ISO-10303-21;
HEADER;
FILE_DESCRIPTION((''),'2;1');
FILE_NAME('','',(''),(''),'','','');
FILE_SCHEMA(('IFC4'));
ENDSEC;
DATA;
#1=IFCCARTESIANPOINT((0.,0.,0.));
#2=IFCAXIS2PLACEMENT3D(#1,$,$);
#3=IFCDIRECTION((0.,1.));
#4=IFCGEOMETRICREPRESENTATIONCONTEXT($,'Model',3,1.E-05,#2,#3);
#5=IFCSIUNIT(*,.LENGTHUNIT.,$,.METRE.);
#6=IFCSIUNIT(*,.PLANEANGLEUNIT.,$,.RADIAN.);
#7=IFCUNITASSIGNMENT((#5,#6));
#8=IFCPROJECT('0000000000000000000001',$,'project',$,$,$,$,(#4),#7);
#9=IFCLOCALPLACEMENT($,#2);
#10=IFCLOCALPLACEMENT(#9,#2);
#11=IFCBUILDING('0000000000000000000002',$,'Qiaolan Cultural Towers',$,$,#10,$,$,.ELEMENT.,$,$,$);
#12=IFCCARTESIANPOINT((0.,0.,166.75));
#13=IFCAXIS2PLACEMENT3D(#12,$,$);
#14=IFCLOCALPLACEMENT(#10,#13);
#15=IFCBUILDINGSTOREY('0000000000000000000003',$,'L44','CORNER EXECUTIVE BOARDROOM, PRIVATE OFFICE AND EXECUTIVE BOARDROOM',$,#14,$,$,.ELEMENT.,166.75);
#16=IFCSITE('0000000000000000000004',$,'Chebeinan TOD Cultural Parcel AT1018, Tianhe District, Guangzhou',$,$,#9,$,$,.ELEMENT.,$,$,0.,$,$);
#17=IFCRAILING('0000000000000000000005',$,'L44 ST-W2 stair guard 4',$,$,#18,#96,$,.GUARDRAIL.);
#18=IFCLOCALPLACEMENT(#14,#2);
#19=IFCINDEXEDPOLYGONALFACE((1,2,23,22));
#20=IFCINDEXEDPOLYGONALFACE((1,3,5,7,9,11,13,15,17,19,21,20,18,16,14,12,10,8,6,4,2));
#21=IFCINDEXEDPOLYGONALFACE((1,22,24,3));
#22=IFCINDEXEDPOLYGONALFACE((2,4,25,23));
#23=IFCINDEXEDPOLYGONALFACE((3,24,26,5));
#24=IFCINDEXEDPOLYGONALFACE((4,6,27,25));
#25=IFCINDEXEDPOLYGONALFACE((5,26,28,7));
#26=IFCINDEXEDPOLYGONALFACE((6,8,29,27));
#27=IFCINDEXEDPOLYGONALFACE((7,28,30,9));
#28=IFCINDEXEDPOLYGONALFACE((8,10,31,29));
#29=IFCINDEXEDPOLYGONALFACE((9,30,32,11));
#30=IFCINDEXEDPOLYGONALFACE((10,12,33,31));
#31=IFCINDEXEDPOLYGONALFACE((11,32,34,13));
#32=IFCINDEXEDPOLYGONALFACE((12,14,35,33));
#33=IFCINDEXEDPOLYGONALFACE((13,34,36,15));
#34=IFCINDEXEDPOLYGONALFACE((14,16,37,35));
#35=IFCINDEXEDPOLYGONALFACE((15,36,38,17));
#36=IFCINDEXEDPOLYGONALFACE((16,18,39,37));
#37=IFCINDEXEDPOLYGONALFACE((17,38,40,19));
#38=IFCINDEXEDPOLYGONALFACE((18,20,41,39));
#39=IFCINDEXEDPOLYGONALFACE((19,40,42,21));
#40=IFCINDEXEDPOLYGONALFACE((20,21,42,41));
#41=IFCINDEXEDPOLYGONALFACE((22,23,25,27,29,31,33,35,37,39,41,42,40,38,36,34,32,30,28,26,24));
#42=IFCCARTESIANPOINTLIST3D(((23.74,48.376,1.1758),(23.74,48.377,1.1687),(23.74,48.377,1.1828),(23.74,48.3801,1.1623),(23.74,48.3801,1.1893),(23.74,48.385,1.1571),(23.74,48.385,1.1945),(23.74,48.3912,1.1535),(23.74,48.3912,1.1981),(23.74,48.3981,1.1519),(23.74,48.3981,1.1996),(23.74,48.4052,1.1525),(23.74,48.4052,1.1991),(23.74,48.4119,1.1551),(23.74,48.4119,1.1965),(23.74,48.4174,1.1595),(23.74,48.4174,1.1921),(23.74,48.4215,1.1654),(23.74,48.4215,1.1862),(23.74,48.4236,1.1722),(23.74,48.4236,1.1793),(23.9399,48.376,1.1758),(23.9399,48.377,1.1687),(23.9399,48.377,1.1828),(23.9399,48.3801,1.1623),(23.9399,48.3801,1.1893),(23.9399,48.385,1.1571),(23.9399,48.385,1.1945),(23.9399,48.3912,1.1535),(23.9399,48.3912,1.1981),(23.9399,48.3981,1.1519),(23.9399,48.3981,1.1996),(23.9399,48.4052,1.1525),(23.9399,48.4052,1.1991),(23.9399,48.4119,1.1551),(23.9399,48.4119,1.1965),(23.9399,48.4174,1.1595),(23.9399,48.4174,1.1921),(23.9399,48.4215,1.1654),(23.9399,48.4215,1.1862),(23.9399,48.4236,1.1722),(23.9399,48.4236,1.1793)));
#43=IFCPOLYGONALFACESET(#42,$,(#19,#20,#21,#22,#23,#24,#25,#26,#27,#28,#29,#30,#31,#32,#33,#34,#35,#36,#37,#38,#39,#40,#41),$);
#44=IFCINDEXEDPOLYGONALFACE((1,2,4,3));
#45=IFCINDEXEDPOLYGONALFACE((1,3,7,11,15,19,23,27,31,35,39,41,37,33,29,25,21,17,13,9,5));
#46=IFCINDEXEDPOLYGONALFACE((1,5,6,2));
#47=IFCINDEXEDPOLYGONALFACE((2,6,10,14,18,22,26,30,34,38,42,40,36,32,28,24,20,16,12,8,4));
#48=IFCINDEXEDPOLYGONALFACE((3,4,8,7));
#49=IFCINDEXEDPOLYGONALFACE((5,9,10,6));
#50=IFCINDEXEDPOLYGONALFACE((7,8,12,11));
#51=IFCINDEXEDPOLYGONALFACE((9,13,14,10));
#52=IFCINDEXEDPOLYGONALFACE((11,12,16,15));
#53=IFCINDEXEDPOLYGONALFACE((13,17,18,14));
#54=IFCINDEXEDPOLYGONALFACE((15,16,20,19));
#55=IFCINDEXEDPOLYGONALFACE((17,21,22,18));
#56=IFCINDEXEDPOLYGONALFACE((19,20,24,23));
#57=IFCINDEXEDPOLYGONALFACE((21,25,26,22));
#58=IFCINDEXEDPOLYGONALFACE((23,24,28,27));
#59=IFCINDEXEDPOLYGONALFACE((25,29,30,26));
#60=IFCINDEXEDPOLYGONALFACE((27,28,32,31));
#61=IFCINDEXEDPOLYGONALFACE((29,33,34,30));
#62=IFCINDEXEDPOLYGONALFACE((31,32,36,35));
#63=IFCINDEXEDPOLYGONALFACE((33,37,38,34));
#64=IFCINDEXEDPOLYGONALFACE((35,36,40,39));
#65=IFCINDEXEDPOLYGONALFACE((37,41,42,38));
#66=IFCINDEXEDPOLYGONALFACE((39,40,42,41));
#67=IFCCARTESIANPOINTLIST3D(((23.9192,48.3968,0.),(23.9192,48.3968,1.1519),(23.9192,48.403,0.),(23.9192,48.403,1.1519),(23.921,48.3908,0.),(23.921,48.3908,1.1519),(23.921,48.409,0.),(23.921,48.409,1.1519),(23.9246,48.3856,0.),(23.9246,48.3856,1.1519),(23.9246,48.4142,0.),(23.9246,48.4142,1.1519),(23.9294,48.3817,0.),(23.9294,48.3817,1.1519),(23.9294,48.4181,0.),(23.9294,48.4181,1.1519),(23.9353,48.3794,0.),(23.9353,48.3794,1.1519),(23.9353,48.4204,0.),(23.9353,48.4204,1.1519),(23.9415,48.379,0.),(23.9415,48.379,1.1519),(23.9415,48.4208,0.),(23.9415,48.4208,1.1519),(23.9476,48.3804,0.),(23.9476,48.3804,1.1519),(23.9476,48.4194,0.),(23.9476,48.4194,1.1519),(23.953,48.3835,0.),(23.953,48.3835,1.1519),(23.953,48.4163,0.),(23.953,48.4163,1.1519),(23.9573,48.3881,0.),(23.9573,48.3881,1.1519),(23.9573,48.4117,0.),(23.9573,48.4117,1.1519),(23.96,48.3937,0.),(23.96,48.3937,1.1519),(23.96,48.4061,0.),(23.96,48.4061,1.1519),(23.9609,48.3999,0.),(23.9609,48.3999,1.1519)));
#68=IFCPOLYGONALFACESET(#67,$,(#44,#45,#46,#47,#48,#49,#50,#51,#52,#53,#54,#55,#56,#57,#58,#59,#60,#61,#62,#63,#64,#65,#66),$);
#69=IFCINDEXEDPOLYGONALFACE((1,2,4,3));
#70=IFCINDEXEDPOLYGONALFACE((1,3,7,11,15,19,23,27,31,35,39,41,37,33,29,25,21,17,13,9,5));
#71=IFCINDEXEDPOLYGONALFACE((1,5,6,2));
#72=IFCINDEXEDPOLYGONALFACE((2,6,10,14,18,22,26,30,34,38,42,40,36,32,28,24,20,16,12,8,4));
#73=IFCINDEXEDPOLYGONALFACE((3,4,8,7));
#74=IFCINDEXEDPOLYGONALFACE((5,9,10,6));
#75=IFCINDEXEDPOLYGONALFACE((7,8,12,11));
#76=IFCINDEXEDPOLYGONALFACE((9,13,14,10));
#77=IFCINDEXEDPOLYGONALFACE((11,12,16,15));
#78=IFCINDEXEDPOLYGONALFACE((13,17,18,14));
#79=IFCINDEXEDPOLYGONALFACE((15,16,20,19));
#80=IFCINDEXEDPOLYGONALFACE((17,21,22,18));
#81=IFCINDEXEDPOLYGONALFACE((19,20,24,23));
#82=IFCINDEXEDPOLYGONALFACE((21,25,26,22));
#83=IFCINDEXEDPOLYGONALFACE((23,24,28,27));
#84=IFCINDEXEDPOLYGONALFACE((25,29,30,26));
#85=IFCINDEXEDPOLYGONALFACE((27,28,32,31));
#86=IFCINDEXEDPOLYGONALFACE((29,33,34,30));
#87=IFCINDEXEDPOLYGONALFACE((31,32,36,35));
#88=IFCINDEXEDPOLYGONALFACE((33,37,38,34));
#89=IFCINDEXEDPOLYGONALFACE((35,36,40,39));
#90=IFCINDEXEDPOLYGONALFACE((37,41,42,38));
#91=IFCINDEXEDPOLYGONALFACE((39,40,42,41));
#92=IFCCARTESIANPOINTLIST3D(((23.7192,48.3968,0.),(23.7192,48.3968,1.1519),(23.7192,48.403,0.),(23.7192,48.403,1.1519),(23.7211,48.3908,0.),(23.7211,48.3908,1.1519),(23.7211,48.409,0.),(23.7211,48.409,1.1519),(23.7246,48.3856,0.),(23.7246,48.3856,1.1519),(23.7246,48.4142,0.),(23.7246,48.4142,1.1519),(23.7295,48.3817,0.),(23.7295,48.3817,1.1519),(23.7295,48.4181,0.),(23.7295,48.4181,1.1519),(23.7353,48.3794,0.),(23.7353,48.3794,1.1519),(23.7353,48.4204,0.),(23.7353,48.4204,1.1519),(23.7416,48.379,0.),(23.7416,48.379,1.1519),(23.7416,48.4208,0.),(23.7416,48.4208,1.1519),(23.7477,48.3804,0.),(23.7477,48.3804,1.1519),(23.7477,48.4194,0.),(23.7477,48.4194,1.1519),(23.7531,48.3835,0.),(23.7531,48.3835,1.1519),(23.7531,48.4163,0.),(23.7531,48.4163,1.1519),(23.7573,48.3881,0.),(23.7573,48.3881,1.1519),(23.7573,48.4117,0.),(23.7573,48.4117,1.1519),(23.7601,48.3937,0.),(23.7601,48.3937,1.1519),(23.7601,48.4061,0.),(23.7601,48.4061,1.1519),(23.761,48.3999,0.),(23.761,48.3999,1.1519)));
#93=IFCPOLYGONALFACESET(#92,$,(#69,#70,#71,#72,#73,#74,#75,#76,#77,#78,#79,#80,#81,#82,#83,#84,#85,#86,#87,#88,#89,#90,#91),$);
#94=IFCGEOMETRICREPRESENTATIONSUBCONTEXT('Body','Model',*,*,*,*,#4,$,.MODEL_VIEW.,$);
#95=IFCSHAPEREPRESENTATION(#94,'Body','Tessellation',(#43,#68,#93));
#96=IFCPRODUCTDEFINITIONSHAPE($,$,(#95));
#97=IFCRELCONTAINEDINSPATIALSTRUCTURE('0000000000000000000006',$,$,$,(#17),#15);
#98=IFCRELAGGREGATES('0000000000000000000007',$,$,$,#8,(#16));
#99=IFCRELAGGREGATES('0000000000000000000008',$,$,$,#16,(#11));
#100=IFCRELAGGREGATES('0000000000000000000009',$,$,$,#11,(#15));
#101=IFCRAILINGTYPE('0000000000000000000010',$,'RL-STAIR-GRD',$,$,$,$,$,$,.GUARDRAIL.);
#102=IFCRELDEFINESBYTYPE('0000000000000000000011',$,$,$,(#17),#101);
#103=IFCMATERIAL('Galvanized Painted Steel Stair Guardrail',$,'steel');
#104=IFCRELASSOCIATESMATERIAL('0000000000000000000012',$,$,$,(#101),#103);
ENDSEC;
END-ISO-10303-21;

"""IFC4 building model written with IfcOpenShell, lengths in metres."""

from ifc_helpers import new_model, si_unit, direction, frame, origin, origin_2d, place, context, subcontext, project, spatial, circle, extrude, material, type_object, element, save


model = new_model("IFC4")

# Units and contexts
model_context = context("Model", 3, precision=1e-05, world=origin(), true_north=direction((0.0, 1.0)))
body_context = subcontext(model_context, "Body", "Model", "MODEL_VIEW")
ifc_project = project(units=[si_unit("LENGTHUNIT", "METRE"), si_unit("PLANEANGLEUNIT", "RADIAN")], contexts=[model_context])

# Site, building, storey
site_placement = place(None, origin())
site = spatial("IfcSite", under=ifc_project, at=site_placement, Name="Chebeinan TOD Cultural Parcel AT1018, Tianhe District, Guangzhou", CompositionType="ELEMENT", RefElevation=0.0)
building_placement = place(site_placement, origin())
building = spatial("IfcBuilding", under=site, at=building_placement, Name="Qiaolan Cultural Towers", CompositionType="ELEMENT")
storey_placement = place(building_placement, frame((0.0, 0.0, 166.75)))
storey = spatial("IfcBuildingStorey", under=building, at=storey_placement, Name="L44", Description="CORNER EXECUTIVE BOARDROOM, PRIVATE OFFICE AND EXECUTIVE BOARDROOM", CompositionType="ELEMENT", Elevation=166.75)

# Railing
ifc_material_1 = material(Name="Galvanized Painted Steel Stair Guardrail", Category="steel")
railing_type_1 = type_object("IfcRailingType", Name="RL-STAIR-GRD", PredefinedType="GUARDRAIL", material=ifc_material_1)
railing_1_placement = place(storey_placement, frame((23.9399, 48.3999, 0.0)))
element("IfcRailing", 1, at=railing_1_placement, inside=storey, type_object=railing_type_1, Name="L44 ST-W2 stair guard 4", PredefinedType="GUARDRAIL", context=body_context, shape_type="SweptSolid", body=[
    extrude(circle(Radius=0.0239, at=origin_2d()), frame((0.0, 0.0, 1.1758), z_axis=(-1.0, 0.0, 0.0), x_axis=(0.0, -1.0, 0.0)), (0.0, 0.0, 1.0), 0.2),
    extrude(circle(Radius=0.021, at=origin_2d()), origin(), (0.0, 0.0, 1.0), 1.1519),
    extrude(circle(Radius=0.021, at=origin_2d()), frame((-0.2, 0.0, 0.0)), (0.0, 0.0, 1.0), 1.1519),
])

save(model, "model.ifc")
